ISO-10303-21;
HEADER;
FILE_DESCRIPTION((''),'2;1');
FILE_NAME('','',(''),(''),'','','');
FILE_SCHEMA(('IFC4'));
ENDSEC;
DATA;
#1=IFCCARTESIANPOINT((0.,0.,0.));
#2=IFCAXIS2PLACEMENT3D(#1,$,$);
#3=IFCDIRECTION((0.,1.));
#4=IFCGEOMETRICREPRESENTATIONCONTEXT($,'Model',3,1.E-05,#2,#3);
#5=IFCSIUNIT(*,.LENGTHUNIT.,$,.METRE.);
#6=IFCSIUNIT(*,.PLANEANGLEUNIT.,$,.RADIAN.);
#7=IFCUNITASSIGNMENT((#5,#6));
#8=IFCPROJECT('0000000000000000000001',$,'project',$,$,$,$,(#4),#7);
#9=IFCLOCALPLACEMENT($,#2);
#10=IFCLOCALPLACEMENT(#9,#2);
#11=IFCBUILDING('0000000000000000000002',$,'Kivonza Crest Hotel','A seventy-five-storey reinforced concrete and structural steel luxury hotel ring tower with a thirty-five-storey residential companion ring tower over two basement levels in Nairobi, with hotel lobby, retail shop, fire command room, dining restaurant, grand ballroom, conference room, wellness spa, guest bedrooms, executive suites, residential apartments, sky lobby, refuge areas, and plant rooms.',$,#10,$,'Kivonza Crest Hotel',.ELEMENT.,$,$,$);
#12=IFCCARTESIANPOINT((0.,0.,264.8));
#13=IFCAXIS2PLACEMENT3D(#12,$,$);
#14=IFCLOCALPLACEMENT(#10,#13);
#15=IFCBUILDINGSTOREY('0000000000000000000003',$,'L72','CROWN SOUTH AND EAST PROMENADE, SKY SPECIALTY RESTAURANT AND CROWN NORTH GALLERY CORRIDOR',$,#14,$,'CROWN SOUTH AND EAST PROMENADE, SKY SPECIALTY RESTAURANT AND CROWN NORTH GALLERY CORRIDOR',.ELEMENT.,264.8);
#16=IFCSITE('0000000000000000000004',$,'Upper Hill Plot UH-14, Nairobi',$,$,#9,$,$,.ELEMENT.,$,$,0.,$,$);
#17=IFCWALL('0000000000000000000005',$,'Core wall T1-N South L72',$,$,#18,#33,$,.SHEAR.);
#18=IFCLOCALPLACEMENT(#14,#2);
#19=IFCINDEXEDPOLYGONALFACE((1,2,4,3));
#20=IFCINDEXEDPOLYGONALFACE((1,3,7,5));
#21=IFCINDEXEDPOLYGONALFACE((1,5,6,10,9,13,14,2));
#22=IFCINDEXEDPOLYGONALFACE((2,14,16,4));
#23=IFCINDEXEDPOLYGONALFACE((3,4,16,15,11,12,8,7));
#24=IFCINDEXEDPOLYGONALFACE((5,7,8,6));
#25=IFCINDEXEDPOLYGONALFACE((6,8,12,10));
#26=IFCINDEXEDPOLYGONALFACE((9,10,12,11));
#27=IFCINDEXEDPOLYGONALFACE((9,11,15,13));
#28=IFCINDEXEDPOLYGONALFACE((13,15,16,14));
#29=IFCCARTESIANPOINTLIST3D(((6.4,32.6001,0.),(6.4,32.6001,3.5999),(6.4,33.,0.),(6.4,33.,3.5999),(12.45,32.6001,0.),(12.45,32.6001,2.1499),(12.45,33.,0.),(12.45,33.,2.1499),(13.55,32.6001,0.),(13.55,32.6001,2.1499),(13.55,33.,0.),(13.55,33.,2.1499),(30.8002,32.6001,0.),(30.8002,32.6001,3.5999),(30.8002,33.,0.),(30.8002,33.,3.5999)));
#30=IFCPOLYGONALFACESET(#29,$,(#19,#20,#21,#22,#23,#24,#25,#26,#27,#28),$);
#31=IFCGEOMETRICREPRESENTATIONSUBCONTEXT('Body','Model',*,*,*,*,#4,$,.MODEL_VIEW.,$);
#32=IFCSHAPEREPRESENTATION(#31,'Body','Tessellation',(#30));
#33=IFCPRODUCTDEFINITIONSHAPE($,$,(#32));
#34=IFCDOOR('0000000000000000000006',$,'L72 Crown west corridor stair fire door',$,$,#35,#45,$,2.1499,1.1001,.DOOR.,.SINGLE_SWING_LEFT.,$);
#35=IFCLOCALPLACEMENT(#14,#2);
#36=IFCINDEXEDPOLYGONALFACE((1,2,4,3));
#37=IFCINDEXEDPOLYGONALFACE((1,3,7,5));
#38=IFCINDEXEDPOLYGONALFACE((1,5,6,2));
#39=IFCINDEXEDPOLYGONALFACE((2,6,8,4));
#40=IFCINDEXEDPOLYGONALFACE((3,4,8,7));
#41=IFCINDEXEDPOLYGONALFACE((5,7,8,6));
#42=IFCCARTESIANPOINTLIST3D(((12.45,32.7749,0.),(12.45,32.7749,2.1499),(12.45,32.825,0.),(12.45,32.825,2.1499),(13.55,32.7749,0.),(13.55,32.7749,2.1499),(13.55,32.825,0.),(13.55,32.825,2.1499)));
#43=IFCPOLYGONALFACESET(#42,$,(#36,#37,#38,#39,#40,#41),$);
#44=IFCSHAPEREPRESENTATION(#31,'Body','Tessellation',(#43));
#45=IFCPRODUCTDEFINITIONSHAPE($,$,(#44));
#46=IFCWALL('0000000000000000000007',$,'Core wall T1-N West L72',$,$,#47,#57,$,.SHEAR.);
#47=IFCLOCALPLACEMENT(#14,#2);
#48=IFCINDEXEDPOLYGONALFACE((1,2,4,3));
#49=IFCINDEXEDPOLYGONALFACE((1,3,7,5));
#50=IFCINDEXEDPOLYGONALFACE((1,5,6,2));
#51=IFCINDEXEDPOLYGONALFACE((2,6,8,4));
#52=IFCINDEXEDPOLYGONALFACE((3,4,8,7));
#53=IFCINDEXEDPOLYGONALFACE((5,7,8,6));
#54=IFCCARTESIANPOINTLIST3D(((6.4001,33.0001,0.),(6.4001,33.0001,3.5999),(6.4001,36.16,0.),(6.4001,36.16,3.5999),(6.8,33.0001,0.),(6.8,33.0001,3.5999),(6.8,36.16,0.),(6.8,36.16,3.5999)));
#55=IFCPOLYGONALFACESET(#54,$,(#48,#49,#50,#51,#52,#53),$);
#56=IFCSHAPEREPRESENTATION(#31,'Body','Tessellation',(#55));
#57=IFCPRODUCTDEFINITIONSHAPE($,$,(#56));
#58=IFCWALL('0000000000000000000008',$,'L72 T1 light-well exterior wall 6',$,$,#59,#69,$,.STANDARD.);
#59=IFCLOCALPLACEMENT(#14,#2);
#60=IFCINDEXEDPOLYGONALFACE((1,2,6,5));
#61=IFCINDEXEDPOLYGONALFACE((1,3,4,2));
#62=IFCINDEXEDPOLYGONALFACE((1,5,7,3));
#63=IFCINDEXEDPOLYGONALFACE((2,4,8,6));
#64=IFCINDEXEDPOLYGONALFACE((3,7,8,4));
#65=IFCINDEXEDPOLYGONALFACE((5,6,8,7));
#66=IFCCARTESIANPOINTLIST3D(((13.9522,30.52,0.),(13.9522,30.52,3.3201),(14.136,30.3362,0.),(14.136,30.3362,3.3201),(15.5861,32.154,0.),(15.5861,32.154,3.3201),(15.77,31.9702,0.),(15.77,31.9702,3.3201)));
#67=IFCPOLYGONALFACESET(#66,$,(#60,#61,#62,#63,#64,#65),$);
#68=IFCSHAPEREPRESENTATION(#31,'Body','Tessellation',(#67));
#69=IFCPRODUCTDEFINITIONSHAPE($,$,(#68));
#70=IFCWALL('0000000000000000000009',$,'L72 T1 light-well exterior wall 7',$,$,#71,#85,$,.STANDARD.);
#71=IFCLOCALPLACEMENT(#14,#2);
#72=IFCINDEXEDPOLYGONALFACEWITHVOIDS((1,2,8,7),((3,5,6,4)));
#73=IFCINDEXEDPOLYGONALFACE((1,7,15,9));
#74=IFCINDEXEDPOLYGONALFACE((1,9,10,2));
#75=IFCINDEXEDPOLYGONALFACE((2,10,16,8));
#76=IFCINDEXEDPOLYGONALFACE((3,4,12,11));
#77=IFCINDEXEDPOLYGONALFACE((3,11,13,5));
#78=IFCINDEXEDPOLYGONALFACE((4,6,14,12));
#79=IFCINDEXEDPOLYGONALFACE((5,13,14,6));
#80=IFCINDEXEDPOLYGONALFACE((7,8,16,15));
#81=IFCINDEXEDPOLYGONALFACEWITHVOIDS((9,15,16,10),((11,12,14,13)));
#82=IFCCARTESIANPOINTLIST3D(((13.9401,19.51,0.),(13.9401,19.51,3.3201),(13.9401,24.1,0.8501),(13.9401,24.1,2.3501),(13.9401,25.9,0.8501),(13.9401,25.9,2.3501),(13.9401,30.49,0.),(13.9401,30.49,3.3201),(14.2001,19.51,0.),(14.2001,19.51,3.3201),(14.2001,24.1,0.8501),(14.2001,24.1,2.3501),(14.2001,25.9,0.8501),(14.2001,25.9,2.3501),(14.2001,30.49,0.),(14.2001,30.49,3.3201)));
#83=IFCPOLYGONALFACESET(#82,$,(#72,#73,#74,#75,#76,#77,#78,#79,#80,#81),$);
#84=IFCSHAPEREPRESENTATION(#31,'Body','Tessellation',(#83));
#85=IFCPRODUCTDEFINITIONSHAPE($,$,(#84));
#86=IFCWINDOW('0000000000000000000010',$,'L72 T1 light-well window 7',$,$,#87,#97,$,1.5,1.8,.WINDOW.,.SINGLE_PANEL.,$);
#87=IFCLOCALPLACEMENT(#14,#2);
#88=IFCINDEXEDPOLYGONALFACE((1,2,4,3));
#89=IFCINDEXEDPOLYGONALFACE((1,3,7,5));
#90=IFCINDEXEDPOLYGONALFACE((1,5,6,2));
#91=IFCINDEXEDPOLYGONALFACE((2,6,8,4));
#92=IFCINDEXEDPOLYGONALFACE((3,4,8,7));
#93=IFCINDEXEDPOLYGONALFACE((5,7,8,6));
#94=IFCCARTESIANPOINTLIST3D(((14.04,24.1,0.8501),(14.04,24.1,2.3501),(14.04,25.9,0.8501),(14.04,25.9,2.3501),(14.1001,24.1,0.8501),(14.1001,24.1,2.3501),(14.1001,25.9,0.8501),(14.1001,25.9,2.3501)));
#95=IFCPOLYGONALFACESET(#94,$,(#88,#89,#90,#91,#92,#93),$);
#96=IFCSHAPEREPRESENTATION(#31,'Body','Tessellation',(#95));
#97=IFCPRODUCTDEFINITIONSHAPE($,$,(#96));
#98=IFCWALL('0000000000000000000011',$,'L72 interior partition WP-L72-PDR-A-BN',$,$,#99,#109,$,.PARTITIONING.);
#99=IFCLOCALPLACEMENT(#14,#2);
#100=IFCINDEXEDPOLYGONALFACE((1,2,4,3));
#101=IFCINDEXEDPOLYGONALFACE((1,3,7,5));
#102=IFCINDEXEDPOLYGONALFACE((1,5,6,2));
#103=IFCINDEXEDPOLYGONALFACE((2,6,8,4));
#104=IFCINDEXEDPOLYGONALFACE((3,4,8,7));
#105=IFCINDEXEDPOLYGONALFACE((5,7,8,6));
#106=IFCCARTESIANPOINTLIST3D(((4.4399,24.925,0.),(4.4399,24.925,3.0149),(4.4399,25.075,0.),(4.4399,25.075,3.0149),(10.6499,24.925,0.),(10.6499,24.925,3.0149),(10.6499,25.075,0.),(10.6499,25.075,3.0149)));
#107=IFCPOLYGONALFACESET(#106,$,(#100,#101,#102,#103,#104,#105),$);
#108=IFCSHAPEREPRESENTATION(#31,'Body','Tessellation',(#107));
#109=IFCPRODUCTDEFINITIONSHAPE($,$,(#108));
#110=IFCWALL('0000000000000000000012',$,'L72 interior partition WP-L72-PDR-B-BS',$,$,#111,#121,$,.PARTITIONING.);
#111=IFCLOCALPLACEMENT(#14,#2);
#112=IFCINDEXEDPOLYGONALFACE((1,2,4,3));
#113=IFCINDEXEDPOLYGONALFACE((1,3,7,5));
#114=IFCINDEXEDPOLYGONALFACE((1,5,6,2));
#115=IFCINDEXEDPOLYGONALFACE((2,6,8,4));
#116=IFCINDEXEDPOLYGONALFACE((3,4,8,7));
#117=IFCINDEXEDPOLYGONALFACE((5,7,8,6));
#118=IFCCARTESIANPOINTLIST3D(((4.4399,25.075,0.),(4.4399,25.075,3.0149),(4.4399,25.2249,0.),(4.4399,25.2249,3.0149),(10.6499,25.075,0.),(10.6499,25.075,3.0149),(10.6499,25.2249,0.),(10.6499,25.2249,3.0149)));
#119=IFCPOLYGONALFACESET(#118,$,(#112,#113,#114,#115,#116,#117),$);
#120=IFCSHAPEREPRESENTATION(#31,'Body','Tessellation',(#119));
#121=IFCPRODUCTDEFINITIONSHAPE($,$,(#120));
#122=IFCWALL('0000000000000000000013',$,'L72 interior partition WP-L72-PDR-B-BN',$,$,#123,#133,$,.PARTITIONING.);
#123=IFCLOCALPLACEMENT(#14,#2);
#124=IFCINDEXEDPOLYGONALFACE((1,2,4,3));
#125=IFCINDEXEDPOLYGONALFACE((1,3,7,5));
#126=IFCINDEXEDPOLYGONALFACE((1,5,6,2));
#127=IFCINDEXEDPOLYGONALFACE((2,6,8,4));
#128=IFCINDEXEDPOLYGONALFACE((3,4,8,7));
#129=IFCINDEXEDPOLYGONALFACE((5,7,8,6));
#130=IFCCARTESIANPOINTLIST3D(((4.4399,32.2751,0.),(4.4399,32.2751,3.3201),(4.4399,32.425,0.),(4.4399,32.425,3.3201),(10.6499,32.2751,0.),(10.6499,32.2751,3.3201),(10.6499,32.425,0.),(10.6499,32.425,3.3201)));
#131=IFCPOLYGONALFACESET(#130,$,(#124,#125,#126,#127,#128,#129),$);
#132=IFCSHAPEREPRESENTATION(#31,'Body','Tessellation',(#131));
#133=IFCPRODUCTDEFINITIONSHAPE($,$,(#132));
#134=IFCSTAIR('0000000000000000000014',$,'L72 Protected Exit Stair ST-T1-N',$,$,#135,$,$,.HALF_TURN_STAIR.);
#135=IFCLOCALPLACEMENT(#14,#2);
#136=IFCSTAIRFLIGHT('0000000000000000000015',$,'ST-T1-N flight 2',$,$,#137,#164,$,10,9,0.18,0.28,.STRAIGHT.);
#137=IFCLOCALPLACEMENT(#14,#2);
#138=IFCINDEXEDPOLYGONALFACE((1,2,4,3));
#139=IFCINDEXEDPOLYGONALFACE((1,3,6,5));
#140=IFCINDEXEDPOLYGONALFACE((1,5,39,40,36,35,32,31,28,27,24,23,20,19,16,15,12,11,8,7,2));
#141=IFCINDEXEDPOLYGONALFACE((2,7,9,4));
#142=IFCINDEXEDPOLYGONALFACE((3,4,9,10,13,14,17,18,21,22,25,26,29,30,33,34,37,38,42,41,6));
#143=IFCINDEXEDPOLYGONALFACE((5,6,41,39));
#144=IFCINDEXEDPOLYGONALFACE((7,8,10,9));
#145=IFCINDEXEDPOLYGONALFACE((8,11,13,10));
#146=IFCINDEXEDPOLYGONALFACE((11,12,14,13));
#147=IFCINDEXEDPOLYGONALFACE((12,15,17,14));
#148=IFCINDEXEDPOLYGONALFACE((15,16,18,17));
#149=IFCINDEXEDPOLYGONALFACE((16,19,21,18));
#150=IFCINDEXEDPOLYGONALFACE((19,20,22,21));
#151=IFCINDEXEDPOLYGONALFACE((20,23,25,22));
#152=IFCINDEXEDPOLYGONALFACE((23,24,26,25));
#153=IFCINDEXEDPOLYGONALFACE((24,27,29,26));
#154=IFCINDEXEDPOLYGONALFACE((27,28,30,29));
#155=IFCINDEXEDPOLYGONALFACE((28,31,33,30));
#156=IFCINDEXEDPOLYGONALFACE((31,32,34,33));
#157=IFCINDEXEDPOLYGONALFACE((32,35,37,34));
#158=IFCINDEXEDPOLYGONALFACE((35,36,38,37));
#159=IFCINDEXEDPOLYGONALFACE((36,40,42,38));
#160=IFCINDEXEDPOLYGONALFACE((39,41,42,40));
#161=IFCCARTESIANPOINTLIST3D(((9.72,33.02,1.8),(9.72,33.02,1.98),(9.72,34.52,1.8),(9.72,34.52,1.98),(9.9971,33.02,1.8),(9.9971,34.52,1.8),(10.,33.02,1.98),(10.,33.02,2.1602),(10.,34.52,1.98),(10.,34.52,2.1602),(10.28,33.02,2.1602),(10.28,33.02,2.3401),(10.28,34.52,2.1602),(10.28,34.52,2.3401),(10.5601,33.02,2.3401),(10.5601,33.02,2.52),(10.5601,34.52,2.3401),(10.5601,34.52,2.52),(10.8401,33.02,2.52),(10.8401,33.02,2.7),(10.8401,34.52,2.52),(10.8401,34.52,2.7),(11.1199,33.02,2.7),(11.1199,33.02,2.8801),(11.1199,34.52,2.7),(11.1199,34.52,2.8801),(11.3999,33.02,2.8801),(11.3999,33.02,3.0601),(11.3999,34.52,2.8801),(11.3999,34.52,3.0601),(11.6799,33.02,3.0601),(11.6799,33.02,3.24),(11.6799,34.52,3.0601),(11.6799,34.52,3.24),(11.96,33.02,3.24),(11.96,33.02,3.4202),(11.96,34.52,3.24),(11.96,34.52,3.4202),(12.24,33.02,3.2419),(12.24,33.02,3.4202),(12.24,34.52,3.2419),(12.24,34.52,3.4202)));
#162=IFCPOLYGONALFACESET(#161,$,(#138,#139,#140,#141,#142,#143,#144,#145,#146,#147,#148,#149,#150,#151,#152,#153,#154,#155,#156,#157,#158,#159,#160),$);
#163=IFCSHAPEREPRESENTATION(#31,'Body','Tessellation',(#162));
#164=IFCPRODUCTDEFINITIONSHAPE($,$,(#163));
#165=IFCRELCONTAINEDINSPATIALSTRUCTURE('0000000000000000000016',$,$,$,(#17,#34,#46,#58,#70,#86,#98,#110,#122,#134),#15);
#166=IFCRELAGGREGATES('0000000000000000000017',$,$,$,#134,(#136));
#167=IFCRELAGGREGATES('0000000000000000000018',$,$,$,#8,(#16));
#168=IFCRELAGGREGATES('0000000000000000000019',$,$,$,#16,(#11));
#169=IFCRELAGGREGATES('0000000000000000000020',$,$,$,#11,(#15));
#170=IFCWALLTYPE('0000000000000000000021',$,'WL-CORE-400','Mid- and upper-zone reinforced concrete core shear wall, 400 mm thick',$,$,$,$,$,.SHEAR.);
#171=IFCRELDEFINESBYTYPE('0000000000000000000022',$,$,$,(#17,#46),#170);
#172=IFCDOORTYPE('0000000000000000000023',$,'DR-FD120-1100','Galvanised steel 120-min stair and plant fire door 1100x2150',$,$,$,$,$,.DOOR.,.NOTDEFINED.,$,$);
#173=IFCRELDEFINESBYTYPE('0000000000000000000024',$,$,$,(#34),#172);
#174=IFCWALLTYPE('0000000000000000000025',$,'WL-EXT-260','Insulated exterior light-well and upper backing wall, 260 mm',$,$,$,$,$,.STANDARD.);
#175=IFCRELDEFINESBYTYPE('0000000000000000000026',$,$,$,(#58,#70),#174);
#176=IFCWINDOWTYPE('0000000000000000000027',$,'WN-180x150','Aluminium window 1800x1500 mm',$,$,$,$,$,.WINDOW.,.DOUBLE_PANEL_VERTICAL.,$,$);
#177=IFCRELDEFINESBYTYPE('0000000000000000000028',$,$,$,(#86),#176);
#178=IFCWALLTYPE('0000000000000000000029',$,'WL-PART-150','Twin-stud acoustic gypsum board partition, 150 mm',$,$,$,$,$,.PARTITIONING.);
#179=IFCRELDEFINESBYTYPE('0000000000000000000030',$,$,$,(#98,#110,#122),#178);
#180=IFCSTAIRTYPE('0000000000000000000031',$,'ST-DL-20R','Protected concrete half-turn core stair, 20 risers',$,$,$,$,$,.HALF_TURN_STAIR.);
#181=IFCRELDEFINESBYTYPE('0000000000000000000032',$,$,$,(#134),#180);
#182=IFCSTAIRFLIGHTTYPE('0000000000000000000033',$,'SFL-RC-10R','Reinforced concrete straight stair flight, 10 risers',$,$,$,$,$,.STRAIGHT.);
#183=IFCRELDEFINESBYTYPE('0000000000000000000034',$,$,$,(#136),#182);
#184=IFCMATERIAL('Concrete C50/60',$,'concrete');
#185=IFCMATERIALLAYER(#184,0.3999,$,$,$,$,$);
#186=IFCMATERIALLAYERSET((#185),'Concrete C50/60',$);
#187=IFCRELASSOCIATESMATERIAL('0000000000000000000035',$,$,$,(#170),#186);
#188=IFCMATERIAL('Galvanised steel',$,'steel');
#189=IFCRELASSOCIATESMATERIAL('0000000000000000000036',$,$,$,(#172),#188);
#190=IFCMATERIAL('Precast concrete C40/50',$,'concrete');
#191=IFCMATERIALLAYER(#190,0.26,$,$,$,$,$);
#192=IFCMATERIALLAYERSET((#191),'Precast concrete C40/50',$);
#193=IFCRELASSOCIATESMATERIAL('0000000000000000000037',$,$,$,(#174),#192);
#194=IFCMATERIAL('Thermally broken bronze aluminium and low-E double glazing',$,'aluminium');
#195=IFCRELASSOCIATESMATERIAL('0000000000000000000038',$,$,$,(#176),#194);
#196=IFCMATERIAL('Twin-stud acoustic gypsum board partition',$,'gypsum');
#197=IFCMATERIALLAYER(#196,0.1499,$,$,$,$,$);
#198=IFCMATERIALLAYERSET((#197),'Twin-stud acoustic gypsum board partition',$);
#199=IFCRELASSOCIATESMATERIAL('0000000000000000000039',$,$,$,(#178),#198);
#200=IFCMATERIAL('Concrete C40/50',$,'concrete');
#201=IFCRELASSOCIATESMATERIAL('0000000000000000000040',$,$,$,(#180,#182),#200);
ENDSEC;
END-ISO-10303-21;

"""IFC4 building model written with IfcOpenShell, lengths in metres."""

from ifc_helpers import new_model, si_unit, direction, frame, frame_2d, origin, place, context, subcontext, project, spatial, polyline, rectangle, outline, extrude, material, layer, layer_set, type_object, element, fill, aggregate, save


model = new_model("IFC4")

# Units and contexts
model_context = context("Model", 3, precision=1e-05, world=origin(), true_north=direction((0.0, 1.0)))
body_context = subcontext(model_context, "Body", "Model", "MODEL_VIEW")
ifc_project = project(units=[si_unit("LENGTHUNIT", "METRE"), si_unit("PLANEANGLEUNIT", "RADIAN")], contexts=[model_context])

# Site, building, storey
site_placement = place(None, origin())
site = spatial("IfcSite", under=ifc_project, at=site_placement, Name="Upper Hill Plot UH-14, Nairobi", CompositionType="ELEMENT", RefElevation=0.0)
building_placement = place(site_placement, origin())
building = spatial("IfcBuilding", under=site, at=building_placement, Name="Kivonza Crest Hotel", Description="A seventy-five-storey reinforced concrete and structural steel luxury hotel ring tower with a thirty-five-storey residential companion ring tower over two basement levels in Nairobi, with hotel lobby, retail shop, fire command room, dining restaurant, grand ballroom, conference room, wellness spa, guest bedrooms, executive suites, residential apartments, sky lobby, refuge areas, and plant rooms.", LongName="Kivonza Crest Hotel", CompositionType="ELEMENT")
storey_placement = place(building_placement, frame((0.0, 0.0, 264.8)))
storey = spatial("IfcBuildingStorey", under=building, at=storey_placement, Name="L72", Description="CROWN SOUTH AND EAST PROMENADE, SKY SPECIALTY RESTAURANT AND CROWN NORTH GALLERY CORRIDOR", LongName="CROWN SOUTH AND EAST PROMENADE, SKY SPECIALTY RESTAURANT AND CROWN NORTH GALLERY CORRIDOR", CompositionType="ELEMENT", Elevation=264.8)

# Shared definitions
ifc_material_1 = material(Name="Concrete C50/60", Category="concrete")

# Wall, opening, door
ifc_layer_1 = layer(ifc_material_1, 0.3999)
ifc_layer_set_1 = layer_set([ifc_layer_1], Name="Concrete C50/60")
wall_type_1 = type_object("IfcWallType", Name="WL-CORE-400", Description="Mid- and upper-zone reinforced concrete core shear wall, 400 mm thick", PredefinedType="SHEAR", material=ifc_layer_set_1)
wall_1_placement = place(storey_placement, frame((6.3999, 32.8, 0.0), z_axis=(0.0, 0.0, 1.0), x_axis=(1.0, 0.0, 0.0)))
wall_1 = element("IfcWall", 1, at=wall_1_placement, inside=storey, type_object=wall_type_1, Name="Core wall T1-N South L72", PredefinedType="SHEAR", context=body_context, shape_type="SweptSolid", body=[
    extrude(rectangle(XDim=24.4001, YDim=0.3999, at=frame_2d((12.2002, 0.0))), origin(), (0.0, 0.0, 1.0), 3.5999),
])
opening_1_placement = place(wall_1_placement, frame((6.05, 0.0, 0.0)))
opening_1 = element("IfcOpeningElement", 2, at=opening_1_placement, cuts=wall_1, PredefinedType="OPENING", context=body_context, shape_type="SweptSolid", body=[
    extrude(rectangle(XDim=1.1001, YDim=2.1499, at=frame_2d((0.55, 1.075))), frame((0.0, 0.21, 0.0), z_axis=(0.0, -1.0, 0.0), x_axis=(1.0, 0.0, 0.0)), (0.0, 0.0, 1.0), 0.4199),
])
ifc_material_2 = material(Name="Galvanised steel", Category="steel")
door_type_1 = type_object("IfcDoorType", Name="DR-FD120-1100", Description="Galvanised steel 120-min stair and plant fire door 1100x2150", OperationType="NOTDEFINED", PredefinedType="DOOR", material=ifc_material_2)
door_1_placement = place(opening_1_placement, origin())
door_1 = element("IfcDoor", 3, at=door_1_placement, inside=storey, type_object=door_type_1, Name="L72 Crown west corridor stair fire door", OperationType="SINGLE_SWING_LEFT", OverallHeight=2.1499, OverallWidth=1.1001, PredefinedType="DOOR", context=body_context, shape_type="SweptSolid", body=[
    extrude(rectangle(XDim=1.1001, YDim=2.1499, at=frame_2d((0.55, 1.075))), frame((0.0, 0.0249, 0.0), z_axis=(0.0, -1.0, 0.0), x_axis=(1.0, 0.0, 0.0)), (0.0, 0.0, 1.0), 0.05),
])
fill(opening_1, door_1)

# Walls
wall_2_placement = place(storey_placement, frame((6.6001, 33.0, 0.0), z_axis=(0.0, 0.0, 1.0), x_axis=(0.0, 1.0, 0.0)))
element("IfcWall", 4, at=wall_2_placement, inside=storey, type_object=wall_type_1, Name="Core wall T1-N West L72", PredefinedType="SHEAR", context=body_context, shape_type="SweptSolid", body=[
    extrude(rectangle(XDim=3.1599, YDim=0.3999, at=frame_2d((1.5801, 0.0))), origin(), (0.0, 0.0, 1.0), 3.5999),
])
ifc_material_3 = material(Name="Precast concrete C40/50", Category="concrete")
ifc_layer_2 = layer(ifc_material_3, 0.26)
ifc_layer_set_2 = layer_set([ifc_layer_2], Name="Precast concrete C40/50")
wall_type_2 = type_object("IfcWallType", Name="WL-EXT-260", Description="Insulated exterior light-well and upper backing wall, 260 mm", PredefinedType="STANDARD", material=ifc_layer_set_2)
wall_3_placement = place(storey_placement, frame((15.678, 32.062, 0.0), z_axis=(0.0, 0.0, 1.0), x_axis=(-0.707107, -0.707107, 0.0)))
element("IfcWall", 5, at=wall_3_placement, inside=storey, type_object=wall_type_2, Name="L72 T1 light-well exterior wall 6", PredefinedType="STANDARD", context=body_context, shape_type="SweptSolid", body=[
    extrude(rectangle(XDim=2.3108, YDim=0.26, at=frame_2d((1.1553, 0.0))), origin(), (0.0, 0.0, 1.0), 3.3201),
])

# Wall, opening, window
wall_4_placement = place(storey_placement, frame((14.0701, 30.49, 0.0), z_axis=(0.0, 0.0, 1.0), x_axis=(0.0, -1.0, 0.0)))
wall_4 = element("IfcWall", 6, at=wall_4_placement, inside=storey, type_object=wall_type_2, Name="L72 T1 light-well exterior wall 7", PredefinedType="STANDARD", context=body_context, shape_type="SweptSolid", body=[
    extrude(rectangle(XDim=10.98, YDim=0.26, at=frame_2d((5.49, 0.0))), origin(), (0.0, 0.0, 1.0), 3.3201),
])
opening_2_placement = place(wall_4_placement, frame((4.5901, 0.0, 0.8501)))
opening_2 = element("IfcOpeningElement", 7, at=opening_2_placement, cuts=wall_4, PredefinedType="OPENING", context=body_context, shape_type="SweptSolid", body=[
    extrude(rectangle(XDim=1.8, YDim=1.5, at=frame_2d((0.8999, 0.75))), frame((0.0, 0.1401, 0.0), z_axis=(0.0, -1.0, 0.0), x_axis=(1.0, 0.0, 0.0)), (0.0, 0.0, 1.0), 0.28),
])
ifc_material_4 = material(Name="Thermally broken bronze aluminium and low-E double glazing", Category="aluminium")
window_type = type_object("IfcWindowType", Name="WN-180x150", Description="Aluminium window 1800x1500 mm", PartitioningType="DOUBLE_PANEL_VERTICAL", PredefinedType="WINDOW", material=ifc_material_4)
window_placement = place(opening_2_placement, origin())
window = element("IfcWindow", 8, at=window_placement, inside=storey, type_object=window_type, Name="L72 T1 light-well window 7", OverallHeight=1.5, OverallWidth=1.8, PartitioningType="SINGLE_PANEL", PredefinedType="WINDOW", context=body_context, shape_type="SweptSolid", body=[
    extrude(rectangle(XDim=1.8, YDim=1.5, at=frame_2d((0.8999, 0.75))), frame((0.0, 0.03, 0.0), z_axis=(0.0, -1.0, 0.0), x_axis=(1.0, 0.0, 0.0)), (0.0, 0.0, 1.0), 0.0601),
])
fill(opening_2, window)

# Walls
ifc_material_5 = material(Name="Twin-stud acoustic gypsum board partition", Category="gypsum")
ifc_layer_3 = layer(ifc_material_5, 0.1499)
ifc_layer_set_3 = layer_set([ifc_layer_3], Name="Twin-stud acoustic gypsum board partition")
wall_type_3 = type_object("IfcWallType", Name="WL-PART-150", Description="Twin-stud acoustic gypsum board partition, 150 mm", PredefinedType="PARTITIONING", material=ifc_layer_set_3)
for number, where, z_axis, x_axis, name in (
    (9, (4.4399, 25.0, 0.0), (0.0, 0.0, 1.0), (1.0, 0.0, 0.0), "L72 interior partition WP-L72-PDR-A-BN"),
    (10, (4.4399, 25.1499, 0.0), (0.0, 0.0, 1.0), (1.0, 0.0, 0.0), "L72 interior partition WP-L72-PDR-B-BS"),
):
    element("IfcWall", number, at=place(storey_placement, frame(where, z_axis=z_axis, x_axis=x_axis)), inside=storey, type_object=wall_type_3, Name=name, PredefinedType="PARTITIONING", context=body_context, shape_type="SweptSolid", body=[
        extrude(rectangle(XDim=6.21, YDim=0.1499, at=frame_2d((3.105, 0.0))), origin(), (0.0, 0.0, 1.0), 3.0149),
    ])
wall_5_placement = place(storey_placement, frame((4.4399, 32.3501, 0.0), z_axis=(0.0, 0.0, 1.0), x_axis=(1.0, 0.0, 0.0)))
element("IfcWall", 11, at=wall_5_placement, inside=storey, type_object=wall_type_3, Name="L72 interior partition WP-L72-PDR-B-BN", PredefinedType="PARTITIONING", context=body_context, shape_type="SweptSolid", body=[
    extrude(rectangle(XDim=6.21, YDim=0.1499, at=frame_2d((3.105, 0.0))), origin(), (0.0, 0.0, 1.0), 3.3201),
])

# Stair, stair flight
ifc_material_6 = material(Name="Concrete C40/50", Category="concrete")
stair_type = type_object("IfcStairType", Name="ST-DL-20R", Description="Protected concrete half-turn core stair, 20 risers", PredefinedType="HALF_TURN_STAIR", material=ifc_material_6)
stair_placement = place(storey_placement, origin())
stair = element("IfcStair", 12, at=stair_placement, inside=storey, type_object=stair_type, Name="L72 Protected Exit Stair ST-T1-N", PredefinedType="HALF_TURN_STAIR")
stair_flight_type = type_object("IfcStairFlightType", Name="SFL-RC-10R", Description="Reinforced concrete straight stair flight, 10 risers", PredefinedType="STRAIGHT", material=ifc_material_6)
stair_flight_placement = place(storey_placement, frame((9.72, 33.77, 1.8), z_axis=(0.0, 0.0, 1.0), x_axis=(1.0, 0.0, 0.0)))
stair_flight = element("IfcStairFlight", 13, at=stair_flight_placement, type_object=stair_flight_type, Name="ST-T1-N flight 2", NumberOfRisers=10, NumberOfTreads=9, PredefinedType="STRAIGHT", RiserHeight=0.18, TreadLength=0.28, context=body_context, shape_type="SweptSolid", body=[
    extrude(outline(polyline([(0.0, 0.0), (0.0, 0.1799), (0.28, 0.1799), (0.28, 0.3601), (0.5601, 0.3601), (0.5601, 0.54), (0.8401, 0.54), (0.8401, 0.72), (1.1201, 0.72), (1.1201, 0.8999), (1.3999, 0.8999), (1.3999, 1.0801), (1.6799, 1.0801), (1.6799, 1.26), (1.96, 1.26), (1.96, 1.4399), (2.24, 1.4399), (2.24, 1.6201), (2.52, 1.6201), (2.52, 1.8), (2.52, 1.4419), (0.2771, 0.0), (0.0, 0.0)])), frame((0.0, 0.75, 0.0), z_axis=(0.0, -1.0, 0.0), x_axis=(1.0, 0.0, 0.0)), (0.0, 0.0, 1.0), 1.5),
])
aggregate(stair, [stair_flight])

save(model, "model.ifc")
